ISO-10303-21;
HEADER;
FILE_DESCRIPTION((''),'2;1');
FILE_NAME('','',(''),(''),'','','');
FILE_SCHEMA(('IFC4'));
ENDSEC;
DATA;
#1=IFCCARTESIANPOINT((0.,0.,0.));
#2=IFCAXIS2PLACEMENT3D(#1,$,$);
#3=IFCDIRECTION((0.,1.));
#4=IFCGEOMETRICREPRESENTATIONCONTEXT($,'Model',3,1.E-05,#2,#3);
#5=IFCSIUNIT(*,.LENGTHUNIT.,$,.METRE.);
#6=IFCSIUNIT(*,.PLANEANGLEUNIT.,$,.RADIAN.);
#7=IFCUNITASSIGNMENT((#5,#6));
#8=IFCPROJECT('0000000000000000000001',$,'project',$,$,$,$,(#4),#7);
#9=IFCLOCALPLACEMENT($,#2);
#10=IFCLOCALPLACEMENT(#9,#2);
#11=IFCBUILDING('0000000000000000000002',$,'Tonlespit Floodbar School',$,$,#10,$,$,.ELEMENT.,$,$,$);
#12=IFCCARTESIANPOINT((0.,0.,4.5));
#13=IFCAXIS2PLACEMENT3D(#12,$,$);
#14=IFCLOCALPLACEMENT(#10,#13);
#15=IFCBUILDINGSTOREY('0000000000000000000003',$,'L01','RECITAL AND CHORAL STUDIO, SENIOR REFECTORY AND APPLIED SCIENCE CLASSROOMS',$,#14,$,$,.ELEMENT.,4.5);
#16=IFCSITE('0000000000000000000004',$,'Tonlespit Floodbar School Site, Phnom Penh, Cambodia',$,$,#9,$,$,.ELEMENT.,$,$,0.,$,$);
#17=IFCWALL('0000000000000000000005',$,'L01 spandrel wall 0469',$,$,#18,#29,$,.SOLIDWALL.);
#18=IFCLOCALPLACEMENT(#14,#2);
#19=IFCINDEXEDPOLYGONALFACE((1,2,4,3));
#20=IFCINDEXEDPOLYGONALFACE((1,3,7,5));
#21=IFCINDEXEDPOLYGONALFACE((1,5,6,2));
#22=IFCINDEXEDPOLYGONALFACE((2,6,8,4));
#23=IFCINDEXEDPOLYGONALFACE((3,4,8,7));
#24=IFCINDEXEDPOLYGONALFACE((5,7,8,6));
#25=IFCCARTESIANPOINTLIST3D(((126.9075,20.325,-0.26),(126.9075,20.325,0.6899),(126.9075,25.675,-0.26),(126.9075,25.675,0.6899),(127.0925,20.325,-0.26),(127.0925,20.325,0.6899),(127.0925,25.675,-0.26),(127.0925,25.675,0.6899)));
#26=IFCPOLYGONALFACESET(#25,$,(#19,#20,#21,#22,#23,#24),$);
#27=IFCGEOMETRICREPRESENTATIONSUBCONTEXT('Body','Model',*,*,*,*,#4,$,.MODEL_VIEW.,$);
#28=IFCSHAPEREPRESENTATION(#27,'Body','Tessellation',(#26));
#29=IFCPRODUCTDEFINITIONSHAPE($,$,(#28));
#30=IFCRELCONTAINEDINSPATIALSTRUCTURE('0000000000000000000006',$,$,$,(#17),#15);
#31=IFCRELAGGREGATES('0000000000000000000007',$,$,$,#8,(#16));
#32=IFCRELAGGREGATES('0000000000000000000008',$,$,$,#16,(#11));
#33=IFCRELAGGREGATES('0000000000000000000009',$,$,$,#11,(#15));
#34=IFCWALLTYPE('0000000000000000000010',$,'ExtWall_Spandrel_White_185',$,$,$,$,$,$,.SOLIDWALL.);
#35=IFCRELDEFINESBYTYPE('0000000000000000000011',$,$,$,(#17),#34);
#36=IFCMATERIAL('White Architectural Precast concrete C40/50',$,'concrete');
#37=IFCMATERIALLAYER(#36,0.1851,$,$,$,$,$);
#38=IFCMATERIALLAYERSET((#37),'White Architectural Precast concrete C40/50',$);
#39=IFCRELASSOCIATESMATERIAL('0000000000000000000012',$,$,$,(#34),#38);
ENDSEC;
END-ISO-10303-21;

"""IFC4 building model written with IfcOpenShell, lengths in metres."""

from ifc_helpers import new_model, si_unit, direction, frame, frame_2d, origin, place, context, subcontext, project, spatial, rectangle, extrude, material, layer, layer_set, type_object, element, save


model = new_model("IFC4")

# Units and contexts
model_context = context("Model", 3, precision=1e-05, world=origin(), true_north=direction((0.0, 1.0)))
body_context = subcontext(model_context, "Body", "Model", "MODEL_VIEW")
ifc_project = project(units=[si_unit("LENGTHUNIT", "METRE"), si_unit("PLANEANGLEUNIT", "RADIAN")], contexts=[model_context])

# Site, building, storey
site_placement = place(None, origin())
site = spatial("IfcSite", under=ifc_project, at=site_placement, Name="Tonlespit Floodbar School Site, Phnom Penh, Cambodia", CompositionType="ELEMENT", RefElevation=0.0)
building_placement = place(site_placement, origin())
building = spatial("IfcBuilding", under=site, at=building_placement, Name="Tonlespit Floodbar School", CompositionType="ELEMENT")
storey_placement = place(building_placement, frame((0.0, 0.0, 4.5)))
storey = spatial("IfcBuildingStorey", under=building, at=storey_placement, Name="L01", Description="RECITAL AND CHORAL STUDIO, SENIOR REFECTORY AND APPLIED SCIENCE CLASSROOMS", CompositionType="ELEMENT", Elevation=4.5)

# Wall
ifc_material_1 = material(Name="White Architectural Precast concrete C40/50", Category="concrete")
ifc_layer_1 = layer(ifc_material_1, 0.1851)
ifc_layer_set_1 = layer_set([ifc_layer_1], Name="White Architectural Precast concrete C40/50")
wall_type = type_object("IfcWallType", Name="ExtWall_Spandrel_White_185", PredefinedType="SOLIDWALL", material=ifc_layer_set_1)
wall_placement = place(storey_placement, frame((127.0, 20.325, -0.26), z_axis=(0.0, 0.0, 1.0), x_axis=(0.0, 1.0, 0.0)))
element("IfcWall", 1, at=wall_placement, inside=storey, type_object=wall_type, Name="L01 spandrel wall 0469", PredefinedType="SOLIDWALL", context=body_context, shape_type="SweptSolid", body=[
    extrude(rectangle(XDim=5.3501, YDim=0.1851, at=frame_2d((2.675, 0.0))), origin(), (0.0, 0.0, 1.0), 0.95),
])

save(model, "model.ifc")
